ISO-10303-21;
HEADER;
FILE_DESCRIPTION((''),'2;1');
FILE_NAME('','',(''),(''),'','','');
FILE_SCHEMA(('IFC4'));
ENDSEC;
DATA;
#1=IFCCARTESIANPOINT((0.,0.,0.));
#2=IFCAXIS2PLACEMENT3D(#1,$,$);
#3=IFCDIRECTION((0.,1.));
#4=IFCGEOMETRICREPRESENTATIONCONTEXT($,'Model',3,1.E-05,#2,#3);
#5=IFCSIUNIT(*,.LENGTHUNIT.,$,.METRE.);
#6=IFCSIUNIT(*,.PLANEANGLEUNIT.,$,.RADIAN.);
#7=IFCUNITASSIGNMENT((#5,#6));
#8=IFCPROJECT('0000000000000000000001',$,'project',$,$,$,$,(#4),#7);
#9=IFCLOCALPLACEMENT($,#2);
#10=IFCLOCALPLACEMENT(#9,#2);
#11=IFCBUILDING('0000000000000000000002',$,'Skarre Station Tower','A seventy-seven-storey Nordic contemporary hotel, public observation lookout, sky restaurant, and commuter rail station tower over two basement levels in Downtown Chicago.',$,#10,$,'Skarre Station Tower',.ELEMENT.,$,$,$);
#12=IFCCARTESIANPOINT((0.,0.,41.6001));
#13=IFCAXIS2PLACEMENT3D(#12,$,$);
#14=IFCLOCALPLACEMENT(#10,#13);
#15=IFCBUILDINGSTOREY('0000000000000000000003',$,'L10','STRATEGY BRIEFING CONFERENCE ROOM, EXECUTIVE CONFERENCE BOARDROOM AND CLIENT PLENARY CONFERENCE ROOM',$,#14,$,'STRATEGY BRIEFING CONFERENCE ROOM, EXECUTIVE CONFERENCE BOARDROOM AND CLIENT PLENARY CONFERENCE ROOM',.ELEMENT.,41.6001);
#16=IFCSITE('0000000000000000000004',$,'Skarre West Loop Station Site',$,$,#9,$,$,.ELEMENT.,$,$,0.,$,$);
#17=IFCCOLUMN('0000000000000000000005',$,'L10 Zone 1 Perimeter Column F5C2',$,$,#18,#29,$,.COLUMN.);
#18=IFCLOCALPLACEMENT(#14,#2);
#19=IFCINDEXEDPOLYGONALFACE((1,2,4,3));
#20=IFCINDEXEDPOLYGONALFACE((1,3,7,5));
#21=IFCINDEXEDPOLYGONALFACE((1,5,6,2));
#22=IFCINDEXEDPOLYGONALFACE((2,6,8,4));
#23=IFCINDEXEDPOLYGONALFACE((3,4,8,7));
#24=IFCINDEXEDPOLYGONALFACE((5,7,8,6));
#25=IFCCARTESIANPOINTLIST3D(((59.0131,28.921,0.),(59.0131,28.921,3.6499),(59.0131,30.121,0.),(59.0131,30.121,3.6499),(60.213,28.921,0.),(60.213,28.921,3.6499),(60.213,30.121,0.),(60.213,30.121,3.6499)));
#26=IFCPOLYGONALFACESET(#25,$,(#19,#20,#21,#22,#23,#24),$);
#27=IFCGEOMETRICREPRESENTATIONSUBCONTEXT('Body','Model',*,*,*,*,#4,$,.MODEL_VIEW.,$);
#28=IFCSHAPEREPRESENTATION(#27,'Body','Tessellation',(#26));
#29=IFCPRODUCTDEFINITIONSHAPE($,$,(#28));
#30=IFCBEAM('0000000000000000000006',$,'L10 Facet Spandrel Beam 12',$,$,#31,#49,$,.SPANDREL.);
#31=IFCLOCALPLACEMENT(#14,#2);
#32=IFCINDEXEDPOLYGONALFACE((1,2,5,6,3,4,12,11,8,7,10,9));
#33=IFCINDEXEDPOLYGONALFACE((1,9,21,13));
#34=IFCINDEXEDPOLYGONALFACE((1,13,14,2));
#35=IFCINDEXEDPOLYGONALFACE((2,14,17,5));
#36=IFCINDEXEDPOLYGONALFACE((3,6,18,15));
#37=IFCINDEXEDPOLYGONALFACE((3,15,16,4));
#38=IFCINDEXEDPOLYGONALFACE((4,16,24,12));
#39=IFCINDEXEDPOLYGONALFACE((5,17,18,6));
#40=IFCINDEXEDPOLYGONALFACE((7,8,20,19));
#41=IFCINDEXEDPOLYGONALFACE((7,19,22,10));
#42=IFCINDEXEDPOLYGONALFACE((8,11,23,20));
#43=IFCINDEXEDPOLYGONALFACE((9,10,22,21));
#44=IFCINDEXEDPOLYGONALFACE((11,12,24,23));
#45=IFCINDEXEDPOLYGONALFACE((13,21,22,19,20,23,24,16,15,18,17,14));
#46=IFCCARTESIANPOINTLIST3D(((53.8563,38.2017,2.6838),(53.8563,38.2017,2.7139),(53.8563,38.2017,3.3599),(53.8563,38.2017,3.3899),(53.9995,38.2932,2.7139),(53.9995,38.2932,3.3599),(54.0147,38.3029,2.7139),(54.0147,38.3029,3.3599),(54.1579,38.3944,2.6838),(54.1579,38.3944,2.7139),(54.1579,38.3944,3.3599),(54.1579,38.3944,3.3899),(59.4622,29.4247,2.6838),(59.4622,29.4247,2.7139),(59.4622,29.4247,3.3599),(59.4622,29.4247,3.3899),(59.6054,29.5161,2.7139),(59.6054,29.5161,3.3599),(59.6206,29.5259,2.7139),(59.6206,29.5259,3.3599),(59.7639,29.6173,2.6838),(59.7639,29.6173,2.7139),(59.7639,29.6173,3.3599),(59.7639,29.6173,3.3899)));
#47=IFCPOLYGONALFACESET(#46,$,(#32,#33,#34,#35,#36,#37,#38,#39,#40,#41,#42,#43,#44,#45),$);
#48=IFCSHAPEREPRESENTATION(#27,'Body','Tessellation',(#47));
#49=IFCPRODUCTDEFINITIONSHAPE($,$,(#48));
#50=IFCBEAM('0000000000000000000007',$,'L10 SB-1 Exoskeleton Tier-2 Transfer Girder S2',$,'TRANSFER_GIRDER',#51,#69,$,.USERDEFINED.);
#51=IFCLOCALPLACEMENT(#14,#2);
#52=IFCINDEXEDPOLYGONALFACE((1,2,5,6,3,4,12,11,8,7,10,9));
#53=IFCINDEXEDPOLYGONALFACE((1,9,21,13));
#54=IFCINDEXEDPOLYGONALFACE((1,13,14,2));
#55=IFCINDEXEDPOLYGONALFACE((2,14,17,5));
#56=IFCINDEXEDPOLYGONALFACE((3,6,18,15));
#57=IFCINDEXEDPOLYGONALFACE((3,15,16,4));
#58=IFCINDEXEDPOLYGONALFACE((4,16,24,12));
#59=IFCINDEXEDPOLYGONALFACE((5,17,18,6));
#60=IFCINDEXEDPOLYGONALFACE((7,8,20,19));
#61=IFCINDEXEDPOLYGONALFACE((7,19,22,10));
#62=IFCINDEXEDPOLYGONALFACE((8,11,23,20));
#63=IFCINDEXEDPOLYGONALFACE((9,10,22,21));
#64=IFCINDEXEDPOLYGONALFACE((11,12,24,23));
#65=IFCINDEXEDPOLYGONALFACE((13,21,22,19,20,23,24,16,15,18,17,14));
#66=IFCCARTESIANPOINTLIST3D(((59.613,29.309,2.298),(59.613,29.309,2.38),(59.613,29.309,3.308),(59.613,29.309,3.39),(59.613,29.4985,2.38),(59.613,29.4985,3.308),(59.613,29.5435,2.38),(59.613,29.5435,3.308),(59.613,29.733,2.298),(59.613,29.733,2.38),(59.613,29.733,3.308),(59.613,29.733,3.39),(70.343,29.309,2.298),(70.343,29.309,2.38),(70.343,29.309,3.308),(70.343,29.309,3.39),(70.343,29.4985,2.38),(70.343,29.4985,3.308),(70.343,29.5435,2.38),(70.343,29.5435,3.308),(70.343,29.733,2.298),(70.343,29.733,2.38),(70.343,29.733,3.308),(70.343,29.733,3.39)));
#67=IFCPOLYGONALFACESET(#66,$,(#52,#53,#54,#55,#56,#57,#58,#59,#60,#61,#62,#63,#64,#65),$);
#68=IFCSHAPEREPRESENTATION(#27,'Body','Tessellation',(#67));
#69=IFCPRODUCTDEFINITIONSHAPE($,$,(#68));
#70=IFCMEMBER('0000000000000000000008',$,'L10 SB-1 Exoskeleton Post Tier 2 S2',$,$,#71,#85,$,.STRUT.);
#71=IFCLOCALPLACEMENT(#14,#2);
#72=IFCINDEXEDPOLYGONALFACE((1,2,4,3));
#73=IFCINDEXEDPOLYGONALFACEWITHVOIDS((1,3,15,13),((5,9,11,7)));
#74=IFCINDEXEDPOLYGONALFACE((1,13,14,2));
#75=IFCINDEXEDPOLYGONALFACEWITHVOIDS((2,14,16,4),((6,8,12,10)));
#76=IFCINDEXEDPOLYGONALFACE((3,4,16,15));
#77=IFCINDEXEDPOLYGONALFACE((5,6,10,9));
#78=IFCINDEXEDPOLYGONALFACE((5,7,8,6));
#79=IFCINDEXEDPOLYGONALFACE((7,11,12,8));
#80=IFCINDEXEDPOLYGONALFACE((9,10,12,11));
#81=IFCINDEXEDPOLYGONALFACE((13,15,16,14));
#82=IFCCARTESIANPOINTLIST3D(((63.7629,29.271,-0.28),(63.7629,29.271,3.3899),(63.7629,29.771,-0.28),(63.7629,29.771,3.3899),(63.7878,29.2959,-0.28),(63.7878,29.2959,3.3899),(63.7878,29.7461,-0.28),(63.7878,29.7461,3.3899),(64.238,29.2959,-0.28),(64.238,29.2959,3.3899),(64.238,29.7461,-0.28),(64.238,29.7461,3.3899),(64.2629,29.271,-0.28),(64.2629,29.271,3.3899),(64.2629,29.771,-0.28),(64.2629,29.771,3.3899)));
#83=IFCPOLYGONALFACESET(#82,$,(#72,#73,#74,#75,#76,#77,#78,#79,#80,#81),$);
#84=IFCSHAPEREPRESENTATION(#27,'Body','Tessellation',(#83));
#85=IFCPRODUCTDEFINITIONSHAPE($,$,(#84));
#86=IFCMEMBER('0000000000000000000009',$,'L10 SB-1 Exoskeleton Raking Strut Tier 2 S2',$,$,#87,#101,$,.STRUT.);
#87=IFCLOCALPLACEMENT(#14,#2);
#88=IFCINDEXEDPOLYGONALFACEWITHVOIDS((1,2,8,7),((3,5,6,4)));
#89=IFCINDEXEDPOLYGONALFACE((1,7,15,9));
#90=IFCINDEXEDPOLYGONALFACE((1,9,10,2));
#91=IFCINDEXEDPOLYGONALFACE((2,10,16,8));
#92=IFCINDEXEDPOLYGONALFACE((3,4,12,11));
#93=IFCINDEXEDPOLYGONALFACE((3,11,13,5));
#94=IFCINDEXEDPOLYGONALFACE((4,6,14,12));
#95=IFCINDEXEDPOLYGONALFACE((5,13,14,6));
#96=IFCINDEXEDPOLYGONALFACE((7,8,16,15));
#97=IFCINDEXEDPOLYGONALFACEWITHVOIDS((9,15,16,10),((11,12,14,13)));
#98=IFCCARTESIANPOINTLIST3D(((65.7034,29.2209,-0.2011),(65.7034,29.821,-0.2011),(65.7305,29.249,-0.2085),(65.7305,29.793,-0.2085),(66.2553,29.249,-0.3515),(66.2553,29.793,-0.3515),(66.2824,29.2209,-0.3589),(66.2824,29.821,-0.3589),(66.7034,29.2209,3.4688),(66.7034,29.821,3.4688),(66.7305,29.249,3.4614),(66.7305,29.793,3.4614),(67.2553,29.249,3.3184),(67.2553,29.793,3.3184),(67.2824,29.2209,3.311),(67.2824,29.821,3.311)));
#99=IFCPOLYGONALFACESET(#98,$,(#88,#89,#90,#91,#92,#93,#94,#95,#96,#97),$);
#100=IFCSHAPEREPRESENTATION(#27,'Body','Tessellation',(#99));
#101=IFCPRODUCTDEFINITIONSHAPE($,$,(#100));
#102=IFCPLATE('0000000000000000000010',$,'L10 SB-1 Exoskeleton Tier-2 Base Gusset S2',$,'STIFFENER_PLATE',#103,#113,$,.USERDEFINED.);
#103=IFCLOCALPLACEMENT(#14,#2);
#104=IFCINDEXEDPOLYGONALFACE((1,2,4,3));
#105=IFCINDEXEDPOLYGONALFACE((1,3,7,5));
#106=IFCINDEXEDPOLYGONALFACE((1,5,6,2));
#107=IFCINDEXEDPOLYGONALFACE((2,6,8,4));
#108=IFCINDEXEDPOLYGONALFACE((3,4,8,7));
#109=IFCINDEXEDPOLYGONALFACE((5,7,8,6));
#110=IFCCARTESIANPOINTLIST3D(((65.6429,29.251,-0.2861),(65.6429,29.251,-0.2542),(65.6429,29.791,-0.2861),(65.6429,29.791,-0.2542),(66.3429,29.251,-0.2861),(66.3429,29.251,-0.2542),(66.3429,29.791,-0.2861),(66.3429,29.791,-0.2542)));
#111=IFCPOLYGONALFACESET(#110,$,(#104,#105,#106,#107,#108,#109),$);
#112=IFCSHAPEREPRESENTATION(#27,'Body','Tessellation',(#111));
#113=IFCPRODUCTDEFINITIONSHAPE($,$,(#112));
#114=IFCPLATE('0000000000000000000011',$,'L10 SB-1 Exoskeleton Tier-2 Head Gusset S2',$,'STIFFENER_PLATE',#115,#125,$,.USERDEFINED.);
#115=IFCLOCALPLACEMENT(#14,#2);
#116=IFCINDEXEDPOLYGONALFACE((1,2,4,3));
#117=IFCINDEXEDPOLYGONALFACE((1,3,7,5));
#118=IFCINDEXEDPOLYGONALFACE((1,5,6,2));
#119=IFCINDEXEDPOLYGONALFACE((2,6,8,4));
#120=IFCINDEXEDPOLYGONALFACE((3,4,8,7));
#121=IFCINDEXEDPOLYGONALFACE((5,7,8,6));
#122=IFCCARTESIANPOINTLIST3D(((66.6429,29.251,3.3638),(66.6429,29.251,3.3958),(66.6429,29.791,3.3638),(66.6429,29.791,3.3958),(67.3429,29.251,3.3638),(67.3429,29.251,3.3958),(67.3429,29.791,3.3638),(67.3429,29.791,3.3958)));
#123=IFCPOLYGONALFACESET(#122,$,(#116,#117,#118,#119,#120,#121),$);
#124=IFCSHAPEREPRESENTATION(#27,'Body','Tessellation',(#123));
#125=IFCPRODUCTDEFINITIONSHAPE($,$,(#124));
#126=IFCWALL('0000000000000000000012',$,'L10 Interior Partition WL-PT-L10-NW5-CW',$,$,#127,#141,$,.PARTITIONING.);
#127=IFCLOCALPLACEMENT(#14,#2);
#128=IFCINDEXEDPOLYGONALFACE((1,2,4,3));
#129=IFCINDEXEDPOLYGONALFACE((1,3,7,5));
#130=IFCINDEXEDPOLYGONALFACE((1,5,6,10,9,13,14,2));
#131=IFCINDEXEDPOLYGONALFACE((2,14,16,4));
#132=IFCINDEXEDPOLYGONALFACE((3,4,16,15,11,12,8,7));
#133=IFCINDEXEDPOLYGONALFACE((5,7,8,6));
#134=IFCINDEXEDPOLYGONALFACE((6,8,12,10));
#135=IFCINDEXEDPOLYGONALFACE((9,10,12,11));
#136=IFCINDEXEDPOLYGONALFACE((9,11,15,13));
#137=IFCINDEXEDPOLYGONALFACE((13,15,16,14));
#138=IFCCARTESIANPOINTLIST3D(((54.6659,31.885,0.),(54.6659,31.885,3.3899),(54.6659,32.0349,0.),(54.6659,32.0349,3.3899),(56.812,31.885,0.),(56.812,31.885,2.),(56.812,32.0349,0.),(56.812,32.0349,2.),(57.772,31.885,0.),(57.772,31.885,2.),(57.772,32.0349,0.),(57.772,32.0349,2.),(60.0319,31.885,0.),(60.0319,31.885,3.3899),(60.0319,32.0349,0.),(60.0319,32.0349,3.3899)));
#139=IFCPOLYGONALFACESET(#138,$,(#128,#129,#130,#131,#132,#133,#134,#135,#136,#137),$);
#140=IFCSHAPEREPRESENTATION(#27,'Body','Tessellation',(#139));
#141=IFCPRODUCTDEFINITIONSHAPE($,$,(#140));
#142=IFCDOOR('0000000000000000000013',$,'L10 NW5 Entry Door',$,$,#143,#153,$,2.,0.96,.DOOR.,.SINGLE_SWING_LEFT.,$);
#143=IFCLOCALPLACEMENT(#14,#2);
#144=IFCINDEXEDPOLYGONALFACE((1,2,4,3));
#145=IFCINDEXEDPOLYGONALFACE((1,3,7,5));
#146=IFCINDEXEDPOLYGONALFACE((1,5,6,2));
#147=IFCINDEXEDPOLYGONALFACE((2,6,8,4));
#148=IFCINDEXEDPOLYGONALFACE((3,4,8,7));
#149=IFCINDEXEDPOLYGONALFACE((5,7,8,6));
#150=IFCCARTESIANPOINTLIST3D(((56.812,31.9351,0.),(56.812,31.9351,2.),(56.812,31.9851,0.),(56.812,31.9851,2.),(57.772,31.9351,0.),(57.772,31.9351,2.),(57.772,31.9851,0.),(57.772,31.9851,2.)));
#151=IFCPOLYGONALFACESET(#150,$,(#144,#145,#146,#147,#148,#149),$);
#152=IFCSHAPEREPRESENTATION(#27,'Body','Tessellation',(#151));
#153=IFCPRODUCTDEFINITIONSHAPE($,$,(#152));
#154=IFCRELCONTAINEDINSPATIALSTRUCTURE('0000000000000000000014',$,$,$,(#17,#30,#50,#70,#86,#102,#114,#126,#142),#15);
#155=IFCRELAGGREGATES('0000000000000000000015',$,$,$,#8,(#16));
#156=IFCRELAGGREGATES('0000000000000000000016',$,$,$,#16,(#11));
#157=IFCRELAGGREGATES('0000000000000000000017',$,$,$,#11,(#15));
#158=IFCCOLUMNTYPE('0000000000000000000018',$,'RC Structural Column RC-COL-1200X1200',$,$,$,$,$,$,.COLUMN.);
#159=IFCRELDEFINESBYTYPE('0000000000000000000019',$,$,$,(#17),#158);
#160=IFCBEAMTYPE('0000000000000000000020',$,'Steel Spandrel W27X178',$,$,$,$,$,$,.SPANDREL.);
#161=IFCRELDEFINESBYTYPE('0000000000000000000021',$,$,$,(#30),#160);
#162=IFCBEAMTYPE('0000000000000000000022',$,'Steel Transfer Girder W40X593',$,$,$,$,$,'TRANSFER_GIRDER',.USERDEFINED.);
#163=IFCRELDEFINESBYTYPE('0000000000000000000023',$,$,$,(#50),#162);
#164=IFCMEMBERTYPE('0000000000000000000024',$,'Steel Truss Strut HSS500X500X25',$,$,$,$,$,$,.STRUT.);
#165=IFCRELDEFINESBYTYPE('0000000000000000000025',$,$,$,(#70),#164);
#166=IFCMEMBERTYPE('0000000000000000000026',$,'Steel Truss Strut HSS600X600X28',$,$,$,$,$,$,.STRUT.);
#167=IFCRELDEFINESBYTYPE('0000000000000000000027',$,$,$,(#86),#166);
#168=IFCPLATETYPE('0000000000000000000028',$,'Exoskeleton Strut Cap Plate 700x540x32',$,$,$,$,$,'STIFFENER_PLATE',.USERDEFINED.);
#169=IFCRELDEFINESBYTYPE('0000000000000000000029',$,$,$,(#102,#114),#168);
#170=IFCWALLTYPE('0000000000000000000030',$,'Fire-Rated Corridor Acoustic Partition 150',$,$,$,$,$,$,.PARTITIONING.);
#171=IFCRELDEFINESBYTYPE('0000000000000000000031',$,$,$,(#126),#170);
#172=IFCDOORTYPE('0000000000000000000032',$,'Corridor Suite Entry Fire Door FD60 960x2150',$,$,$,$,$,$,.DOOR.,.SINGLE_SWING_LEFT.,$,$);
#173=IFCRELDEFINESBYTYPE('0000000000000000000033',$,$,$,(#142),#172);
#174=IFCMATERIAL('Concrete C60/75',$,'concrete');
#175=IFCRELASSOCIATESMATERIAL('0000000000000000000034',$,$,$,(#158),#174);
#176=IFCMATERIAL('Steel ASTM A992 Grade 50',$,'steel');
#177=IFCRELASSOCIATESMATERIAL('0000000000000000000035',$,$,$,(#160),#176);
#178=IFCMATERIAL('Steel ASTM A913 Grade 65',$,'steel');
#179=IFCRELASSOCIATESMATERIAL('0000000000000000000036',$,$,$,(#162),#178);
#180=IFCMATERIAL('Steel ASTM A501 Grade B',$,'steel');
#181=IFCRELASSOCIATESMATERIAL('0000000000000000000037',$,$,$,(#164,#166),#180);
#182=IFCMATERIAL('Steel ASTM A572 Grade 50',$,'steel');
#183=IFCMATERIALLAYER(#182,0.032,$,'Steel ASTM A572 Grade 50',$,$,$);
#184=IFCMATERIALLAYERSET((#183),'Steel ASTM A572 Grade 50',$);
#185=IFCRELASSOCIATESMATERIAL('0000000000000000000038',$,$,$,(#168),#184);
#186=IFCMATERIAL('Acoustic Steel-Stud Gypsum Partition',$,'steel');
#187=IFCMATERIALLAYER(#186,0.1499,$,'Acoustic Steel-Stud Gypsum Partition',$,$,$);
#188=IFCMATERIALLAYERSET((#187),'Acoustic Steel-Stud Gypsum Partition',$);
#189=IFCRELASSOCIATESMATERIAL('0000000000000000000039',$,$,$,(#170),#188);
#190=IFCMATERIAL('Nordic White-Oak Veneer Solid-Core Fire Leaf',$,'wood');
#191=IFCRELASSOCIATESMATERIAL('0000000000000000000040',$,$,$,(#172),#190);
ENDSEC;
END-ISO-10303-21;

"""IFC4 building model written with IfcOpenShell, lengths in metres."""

from ifc_helpers import new_model, si_unit, direction, frame, frame_2d, origin, origin_2d, place, context, subcontext, project, spatial, rectangle, hollow_rectangle, i_section, extrude, material, layer, layer_set, material_profile, profile_set, type_object, element, fill, save


model = new_model("IFC4")

# Units and contexts
model_context = context("Model", 3, precision=1e-05, world=origin(), true_north=direction((0.0, 1.0)))
body_context = subcontext(model_context, "Body", "Model", "MODEL_VIEW")
ifc_project = project(units=[si_unit("LENGTHUNIT", "METRE"), si_unit("PLANEANGLEUNIT", "RADIAN")], contexts=[model_context])

# Site, building, storey
site_placement = place(None, origin())
site = spatial("IfcSite", under=ifc_project, at=site_placement, Name="Skarre West Loop Station Site", CompositionType="ELEMENT", RefElevation=0.0)
building_placement = place(site_placement, origin())
building = spatial("IfcBuilding", under=site, at=building_placement, Name="Skarre Station Tower", Description="A seventy-seven-storey Nordic contemporary hotel, public observation lookout, sky restaurant, and commuter rail station tower over two basement levels in Downtown Chicago.", LongName="Skarre Station Tower", CompositionType="ELEMENT")
storey_placement = place(building_placement, frame((0.0, 0.0, 41.6001)))
storey = spatial("IfcBuildingStorey", under=building, at=storey_placement, Name="L10", Description="STRATEGY BRIEFING CONFERENCE ROOM, EXECUTIVE CONFERENCE BOARDROOM AND CLIENT PLENARY CONFERENCE ROOM", LongName="STRATEGY BRIEFING CONFERENCE ROOM, EXECUTIVE CONFERENCE BOARDROOM AND CLIENT PLENARY CONFERENCE ROOM", CompositionType="ELEMENT", Elevation=41.6001)

# Column
ifc_material_1 = material(Name="Concrete C60/75", Category="concrete")
ifc_material_profile_1 = material_profile(ifc_material_1, rectangle(XDim=1.2, YDim=1.2, at=origin_2d()), Name="Concrete C60/75")
ifc_profile_set_1 = profile_set([ifc_material_profile_1], Name="Concrete C60/75")
column_type = type_object("IfcColumnType", Name="RC Structural Column RC-COL-1200X1200", PredefinedType="COLUMN", material=ifc_profile_set_1)
column_placement = place(storey_placement, frame((59.613, 29.521, 0.0), z_axis=(0.0, 0.0, 1.0), x_axis=(1.0, 0.0, 0.0)))
element("IfcColumn", 1, at=column_placement, inside=storey, type_object=column_type, Name="L10 Zone 1 Perimeter Column F5C2", PredefinedType="COLUMN", context=body_context, shape_type="SweptSolid", body=[
    extrude(rectangle(XDim=1.2, YDim=1.2, at=origin_2d()), origin(), (0.0, 0.0, 1.0), 3.6499),
])

# Beams
ifc_material_2 = material(Name="Steel ASTM A992 Grade 50", Category="steel")
ifc_material_profile_2 = material_profile(ifc_material_2, i_section(OverallWidth=0.3579, OverallDepth=0.7061, WebThickness=0.0181, FlangeThickness=0.03, at=origin_2d()), Name="Steel ASTM A992 Grade 50")
ifc_profile_set_2 = profile_set([ifc_material_profile_2], Name="Steel ASTM A992 Grade 50")
beam_type_1 = type_object("IfcBeamType", Name="Steel Spandrel W27X178", PredefinedType="SPANDREL", material=ifc_profile_set_2)
beam_1_placement = place(storey_placement, frame((59.613, 29.521, 3.0369), z_axis=(-0.538278, 0.842767, 0.0), x_axis=(-0.842767, -0.538278, 0.0)))
element("IfcBeam", 2, at=beam_1_placement, inside=storey, type_object=beam_type_1, Name="L10 Facet Spandrel Beam 12", PredefinedType="SPANDREL", context=body_context, shape_type="SweptSolid", body=[
    extrude(i_section(OverallWidth=0.3579, OverallDepth=0.7061, WebThickness=0.0181, FlangeThickness=0.03, at=origin_2d()), origin(), (0.0, 0.0, 1.0), 10.4146),
])
ifc_material_3 = material(Name="Steel ASTM A913 Grade 65", Category="steel")
ifc_material_profile_3 = material_profile(ifc_material_3, i_section(OverallWidth=0.4241, OverallDepth=1.092, WebThickness=0.0449, FlangeThickness=0.082, at=origin_2d()), Name="Steel ASTM A913 Grade 65")
ifc_profile_set_3 = profile_set([ifc_material_profile_3], Name="Steel ASTM A913 Grade 65")
beam_type_2 = type_object("IfcBeamType", Name="Steel Transfer Girder W40X593", ElementType="TRANSFER_GIRDER", PredefinedType="USERDEFINED", material=ifc_profile_set_3)
beam_2_placement = place(storey_placement, frame((59.613, 29.521, 2.844), z_axis=(1.0, 0.0, 0.0), x_axis=(0.0, 1.0, 0.0)))
element("IfcBeam", 3, at=beam_2_placement, inside=storey, type_object=beam_type_2, Name="L10 SB-1 Exoskeleton Tier-2 Transfer Girder S2", ObjectType="TRANSFER_GIRDER", PredefinedType="USERDEFINED", context=body_context, shape_type="SweptSolid", body=[
    extrude(i_section(OverallWidth=0.4241, OverallDepth=1.092, WebThickness=0.0449, FlangeThickness=0.082, at=origin_2d()), origin(), (0.0, 0.0, 1.0), 10.73),
])

# Members
ifc_material_4 = material(Name="Steel ASTM A501 Grade B", Category="steel")
ifc_material_profile_4 = material_profile(ifc_material_4, hollow_rectangle(XDim=0.5, YDim=0.5, WallThickness=0.0249, at=origin_2d()), Name="Steel ASTM A501 Grade B")
ifc_profile_set_4 = profile_set([ifc_material_profile_4], Name="Steel ASTM A501 Grade B")
member_type_1 = type_object("IfcMemberType", Name="Steel Truss Strut HSS500X500X25", PredefinedType="STRUT", material=ifc_profile_set_4)
member_1_placement = place(storey_placement, frame((64.0129, 29.521, -0.28), z_axis=(0.0, 0.0, 1.0), x_axis=(1.0, 0.0, 0.0)))
element("IfcMember", 4, at=member_1_placement, inside=storey, type_object=member_type_1, Name="L10 SB-1 Exoskeleton Post Tier 2 S2", PredefinedType="STRUT", context=body_context, shape_type="SweptSolid", body=[
    extrude(hollow_rectangle(XDim=0.5, YDim=0.5, WallThickness=0.0249, at=origin_2d()), origin(), (0.0, 0.0, 1.0), 3.6699),
])
ifc_material_profile_5 = material_profile(ifc_material_4, hollow_rectangle(XDim=0.6001, YDim=0.6001, WallThickness=0.0281, at=origin_2d()), Name="Steel ASTM A501 Grade B")
ifc_profile_set_5 = profile_set([ifc_material_profile_5], Name="Steel ASTM A501 Grade B")
member_type_2 = type_object("IfcMemberType", Name="Steel Truss Strut HSS600X600X28", PredefinedType="STRUT", material=ifc_profile_set_5)
member_2_placement = place(storey_placement, frame((65.9929, 29.521, -0.28), z_axis=(0.2629, 0.0, 0.964823), x_axis=(0.0, 1.0, 0.0)))
element("IfcMember", 5, at=member_2_placement, inside=storey, type_object=member_type_2, Name="L10 SB-1 Exoskeleton Raking Strut Tier 2 S2", PredefinedType="STRUT", context=body_context, shape_type="SweptSolid", body=[
    extrude(hollow_rectangle(XDim=0.6001, YDim=0.6001, WallThickness=0.0281, at=origin_2d()), origin(), (0.0, 0.0, 1.0), 3.8037),
])

# Plates
ifc_material_5 = material(Name="Steel ASTM A572 Grade 50", Category="steel")
ifc_layer_1 = layer(ifc_material_5, 0.032, Name="Steel ASTM A572 Grade 50")
ifc_layer_set_1 = layer_set([ifc_layer_1], Name="Steel ASTM A572 Grade 50")
plate_type = type_object("IfcPlateType", Name="Exoskeleton Strut Cap Plate 700x540x32", ElementType="STIFFENER_PLATE", PredefinedType="USERDEFINED", material=ifc_layer_set_1)
for number, where, z_axis, x_axis, name in (
    (6, (65.9929, 29.521, -0.2861), (0.0, 0.0, 1.0), (1.0, 0.0, 0.0), "L10 SB-1 Exoskeleton Tier-2 Base Gusset S2"),
    (7, (66.9929, 29.521, 3.3638), (0.0, 0.0, 1.0), (1.0, 0.0, 0.0), "L10 SB-1 Exoskeleton Tier-2 Head Gusset S2"),
):
    element("IfcPlate", number, at=place(storey_placement, frame(where, z_axis=z_axis, x_axis=x_axis)), inside=storey, type_object=plate_type, Name=name, ObjectType="STIFFENER_PLATE", PredefinedType="USERDEFINED", context=body_context, shape_type="SweptSolid", body=[
        extrude(rectangle(XDim=0.7, YDim=0.54, at=origin_2d()), origin(), (0.0, 0.0, 1.0), 0.032),
    ])

# Wall, opening, door
ifc_material_6 = material(Name="Acoustic Steel-Stud Gypsum Partition", Category="steel")
ifc_layer_2 = layer(ifc_material_6, 0.1499, Name="Acoustic Steel-Stud Gypsum Partition")
ifc_layer_set_2 = layer_set([ifc_layer_2], Name="Acoustic Steel-Stud Gypsum Partition")
wall_type_1 = type_object("IfcWallType", Name="Fire-Rated Corridor Acoustic Partition 150", PredefinedType="PARTITIONING", material=ifc_layer_set_2)
wall_1_placement = place(storey_placement, frame((60.032, 31.96, 0.0), z_axis=(0.0, 0.0, 1.0), x_axis=(-1.0, 0.0, 0.0)))
wall_1 = element("IfcWall", 8, at=wall_1_placement, inside=storey, type_object=wall_type_1, Name="L10 Interior Partition WL-PT-L10-NW5-CW", PredefinedType="PARTITIONING", context=body_context, shape_type="SweptSolid", body=[
    extrude(rectangle(XDim=5.366, YDim=0.1499, at=frame_2d((2.6831, 0.0))), origin(), (0.0, 0.0, 1.0), 3.3899),
])
opening_1_placement = place(wall_1_placement, frame((2.26, 0.0, 0.0)))
opening_1 = element("IfcOpeningElement", 9, at=opening_1_placement, cuts=wall_1, PredefinedType="OPENING", context=body_context, shape_type="SweptSolid", body=[
    extrude(rectangle(XDim=0.96, YDim=2.0, at=frame_2d((0.48, 1.0))), frame((0.0, 0.085, 0.0), z_axis=(0.0, -1.0, 0.0), x_axis=(1.0, 0.0, 0.0)), (0.0, 0.0, 1.0), 0.1699),
])
ifc_material_7 = material(Name="Nordic White-Oak Veneer Solid-Core Fire Leaf", Category="wood")
door_type = type_object("IfcDoorType", Name="Corridor Suite Entry Fire Door FD60 960x2150", OperationType="SINGLE_SWING_LEFT", PredefinedType="DOOR", material=ifc_material_7)
door_placement = place(opening_1_placement, origin())
door = element("IfcDoor", 10, at=door_placement, inside=storey, type_object=door_type, Name="L10 NW5 Entry Door", OperationType="SINGLE_SWING_LEFT", OverallHeight=2.0, OverallWidth=0.96, PredefinedType="DOOR", context=body_context, shape_type="SweptSolid", body=[
    extrude(rectangle(XDim=0.96, YDim=2.0, at=frame_2d((0.48, 1.0))), frame((0.0, 0.0249, 0.0), z_axis=(0.0, -1.0, 0.0), x_axis=(1.0, 0.0, 0.0)), (0.0, 0.0, 1.0), 0.05),
])
fill(opening_1, door)

save(model, "model.ifc")
